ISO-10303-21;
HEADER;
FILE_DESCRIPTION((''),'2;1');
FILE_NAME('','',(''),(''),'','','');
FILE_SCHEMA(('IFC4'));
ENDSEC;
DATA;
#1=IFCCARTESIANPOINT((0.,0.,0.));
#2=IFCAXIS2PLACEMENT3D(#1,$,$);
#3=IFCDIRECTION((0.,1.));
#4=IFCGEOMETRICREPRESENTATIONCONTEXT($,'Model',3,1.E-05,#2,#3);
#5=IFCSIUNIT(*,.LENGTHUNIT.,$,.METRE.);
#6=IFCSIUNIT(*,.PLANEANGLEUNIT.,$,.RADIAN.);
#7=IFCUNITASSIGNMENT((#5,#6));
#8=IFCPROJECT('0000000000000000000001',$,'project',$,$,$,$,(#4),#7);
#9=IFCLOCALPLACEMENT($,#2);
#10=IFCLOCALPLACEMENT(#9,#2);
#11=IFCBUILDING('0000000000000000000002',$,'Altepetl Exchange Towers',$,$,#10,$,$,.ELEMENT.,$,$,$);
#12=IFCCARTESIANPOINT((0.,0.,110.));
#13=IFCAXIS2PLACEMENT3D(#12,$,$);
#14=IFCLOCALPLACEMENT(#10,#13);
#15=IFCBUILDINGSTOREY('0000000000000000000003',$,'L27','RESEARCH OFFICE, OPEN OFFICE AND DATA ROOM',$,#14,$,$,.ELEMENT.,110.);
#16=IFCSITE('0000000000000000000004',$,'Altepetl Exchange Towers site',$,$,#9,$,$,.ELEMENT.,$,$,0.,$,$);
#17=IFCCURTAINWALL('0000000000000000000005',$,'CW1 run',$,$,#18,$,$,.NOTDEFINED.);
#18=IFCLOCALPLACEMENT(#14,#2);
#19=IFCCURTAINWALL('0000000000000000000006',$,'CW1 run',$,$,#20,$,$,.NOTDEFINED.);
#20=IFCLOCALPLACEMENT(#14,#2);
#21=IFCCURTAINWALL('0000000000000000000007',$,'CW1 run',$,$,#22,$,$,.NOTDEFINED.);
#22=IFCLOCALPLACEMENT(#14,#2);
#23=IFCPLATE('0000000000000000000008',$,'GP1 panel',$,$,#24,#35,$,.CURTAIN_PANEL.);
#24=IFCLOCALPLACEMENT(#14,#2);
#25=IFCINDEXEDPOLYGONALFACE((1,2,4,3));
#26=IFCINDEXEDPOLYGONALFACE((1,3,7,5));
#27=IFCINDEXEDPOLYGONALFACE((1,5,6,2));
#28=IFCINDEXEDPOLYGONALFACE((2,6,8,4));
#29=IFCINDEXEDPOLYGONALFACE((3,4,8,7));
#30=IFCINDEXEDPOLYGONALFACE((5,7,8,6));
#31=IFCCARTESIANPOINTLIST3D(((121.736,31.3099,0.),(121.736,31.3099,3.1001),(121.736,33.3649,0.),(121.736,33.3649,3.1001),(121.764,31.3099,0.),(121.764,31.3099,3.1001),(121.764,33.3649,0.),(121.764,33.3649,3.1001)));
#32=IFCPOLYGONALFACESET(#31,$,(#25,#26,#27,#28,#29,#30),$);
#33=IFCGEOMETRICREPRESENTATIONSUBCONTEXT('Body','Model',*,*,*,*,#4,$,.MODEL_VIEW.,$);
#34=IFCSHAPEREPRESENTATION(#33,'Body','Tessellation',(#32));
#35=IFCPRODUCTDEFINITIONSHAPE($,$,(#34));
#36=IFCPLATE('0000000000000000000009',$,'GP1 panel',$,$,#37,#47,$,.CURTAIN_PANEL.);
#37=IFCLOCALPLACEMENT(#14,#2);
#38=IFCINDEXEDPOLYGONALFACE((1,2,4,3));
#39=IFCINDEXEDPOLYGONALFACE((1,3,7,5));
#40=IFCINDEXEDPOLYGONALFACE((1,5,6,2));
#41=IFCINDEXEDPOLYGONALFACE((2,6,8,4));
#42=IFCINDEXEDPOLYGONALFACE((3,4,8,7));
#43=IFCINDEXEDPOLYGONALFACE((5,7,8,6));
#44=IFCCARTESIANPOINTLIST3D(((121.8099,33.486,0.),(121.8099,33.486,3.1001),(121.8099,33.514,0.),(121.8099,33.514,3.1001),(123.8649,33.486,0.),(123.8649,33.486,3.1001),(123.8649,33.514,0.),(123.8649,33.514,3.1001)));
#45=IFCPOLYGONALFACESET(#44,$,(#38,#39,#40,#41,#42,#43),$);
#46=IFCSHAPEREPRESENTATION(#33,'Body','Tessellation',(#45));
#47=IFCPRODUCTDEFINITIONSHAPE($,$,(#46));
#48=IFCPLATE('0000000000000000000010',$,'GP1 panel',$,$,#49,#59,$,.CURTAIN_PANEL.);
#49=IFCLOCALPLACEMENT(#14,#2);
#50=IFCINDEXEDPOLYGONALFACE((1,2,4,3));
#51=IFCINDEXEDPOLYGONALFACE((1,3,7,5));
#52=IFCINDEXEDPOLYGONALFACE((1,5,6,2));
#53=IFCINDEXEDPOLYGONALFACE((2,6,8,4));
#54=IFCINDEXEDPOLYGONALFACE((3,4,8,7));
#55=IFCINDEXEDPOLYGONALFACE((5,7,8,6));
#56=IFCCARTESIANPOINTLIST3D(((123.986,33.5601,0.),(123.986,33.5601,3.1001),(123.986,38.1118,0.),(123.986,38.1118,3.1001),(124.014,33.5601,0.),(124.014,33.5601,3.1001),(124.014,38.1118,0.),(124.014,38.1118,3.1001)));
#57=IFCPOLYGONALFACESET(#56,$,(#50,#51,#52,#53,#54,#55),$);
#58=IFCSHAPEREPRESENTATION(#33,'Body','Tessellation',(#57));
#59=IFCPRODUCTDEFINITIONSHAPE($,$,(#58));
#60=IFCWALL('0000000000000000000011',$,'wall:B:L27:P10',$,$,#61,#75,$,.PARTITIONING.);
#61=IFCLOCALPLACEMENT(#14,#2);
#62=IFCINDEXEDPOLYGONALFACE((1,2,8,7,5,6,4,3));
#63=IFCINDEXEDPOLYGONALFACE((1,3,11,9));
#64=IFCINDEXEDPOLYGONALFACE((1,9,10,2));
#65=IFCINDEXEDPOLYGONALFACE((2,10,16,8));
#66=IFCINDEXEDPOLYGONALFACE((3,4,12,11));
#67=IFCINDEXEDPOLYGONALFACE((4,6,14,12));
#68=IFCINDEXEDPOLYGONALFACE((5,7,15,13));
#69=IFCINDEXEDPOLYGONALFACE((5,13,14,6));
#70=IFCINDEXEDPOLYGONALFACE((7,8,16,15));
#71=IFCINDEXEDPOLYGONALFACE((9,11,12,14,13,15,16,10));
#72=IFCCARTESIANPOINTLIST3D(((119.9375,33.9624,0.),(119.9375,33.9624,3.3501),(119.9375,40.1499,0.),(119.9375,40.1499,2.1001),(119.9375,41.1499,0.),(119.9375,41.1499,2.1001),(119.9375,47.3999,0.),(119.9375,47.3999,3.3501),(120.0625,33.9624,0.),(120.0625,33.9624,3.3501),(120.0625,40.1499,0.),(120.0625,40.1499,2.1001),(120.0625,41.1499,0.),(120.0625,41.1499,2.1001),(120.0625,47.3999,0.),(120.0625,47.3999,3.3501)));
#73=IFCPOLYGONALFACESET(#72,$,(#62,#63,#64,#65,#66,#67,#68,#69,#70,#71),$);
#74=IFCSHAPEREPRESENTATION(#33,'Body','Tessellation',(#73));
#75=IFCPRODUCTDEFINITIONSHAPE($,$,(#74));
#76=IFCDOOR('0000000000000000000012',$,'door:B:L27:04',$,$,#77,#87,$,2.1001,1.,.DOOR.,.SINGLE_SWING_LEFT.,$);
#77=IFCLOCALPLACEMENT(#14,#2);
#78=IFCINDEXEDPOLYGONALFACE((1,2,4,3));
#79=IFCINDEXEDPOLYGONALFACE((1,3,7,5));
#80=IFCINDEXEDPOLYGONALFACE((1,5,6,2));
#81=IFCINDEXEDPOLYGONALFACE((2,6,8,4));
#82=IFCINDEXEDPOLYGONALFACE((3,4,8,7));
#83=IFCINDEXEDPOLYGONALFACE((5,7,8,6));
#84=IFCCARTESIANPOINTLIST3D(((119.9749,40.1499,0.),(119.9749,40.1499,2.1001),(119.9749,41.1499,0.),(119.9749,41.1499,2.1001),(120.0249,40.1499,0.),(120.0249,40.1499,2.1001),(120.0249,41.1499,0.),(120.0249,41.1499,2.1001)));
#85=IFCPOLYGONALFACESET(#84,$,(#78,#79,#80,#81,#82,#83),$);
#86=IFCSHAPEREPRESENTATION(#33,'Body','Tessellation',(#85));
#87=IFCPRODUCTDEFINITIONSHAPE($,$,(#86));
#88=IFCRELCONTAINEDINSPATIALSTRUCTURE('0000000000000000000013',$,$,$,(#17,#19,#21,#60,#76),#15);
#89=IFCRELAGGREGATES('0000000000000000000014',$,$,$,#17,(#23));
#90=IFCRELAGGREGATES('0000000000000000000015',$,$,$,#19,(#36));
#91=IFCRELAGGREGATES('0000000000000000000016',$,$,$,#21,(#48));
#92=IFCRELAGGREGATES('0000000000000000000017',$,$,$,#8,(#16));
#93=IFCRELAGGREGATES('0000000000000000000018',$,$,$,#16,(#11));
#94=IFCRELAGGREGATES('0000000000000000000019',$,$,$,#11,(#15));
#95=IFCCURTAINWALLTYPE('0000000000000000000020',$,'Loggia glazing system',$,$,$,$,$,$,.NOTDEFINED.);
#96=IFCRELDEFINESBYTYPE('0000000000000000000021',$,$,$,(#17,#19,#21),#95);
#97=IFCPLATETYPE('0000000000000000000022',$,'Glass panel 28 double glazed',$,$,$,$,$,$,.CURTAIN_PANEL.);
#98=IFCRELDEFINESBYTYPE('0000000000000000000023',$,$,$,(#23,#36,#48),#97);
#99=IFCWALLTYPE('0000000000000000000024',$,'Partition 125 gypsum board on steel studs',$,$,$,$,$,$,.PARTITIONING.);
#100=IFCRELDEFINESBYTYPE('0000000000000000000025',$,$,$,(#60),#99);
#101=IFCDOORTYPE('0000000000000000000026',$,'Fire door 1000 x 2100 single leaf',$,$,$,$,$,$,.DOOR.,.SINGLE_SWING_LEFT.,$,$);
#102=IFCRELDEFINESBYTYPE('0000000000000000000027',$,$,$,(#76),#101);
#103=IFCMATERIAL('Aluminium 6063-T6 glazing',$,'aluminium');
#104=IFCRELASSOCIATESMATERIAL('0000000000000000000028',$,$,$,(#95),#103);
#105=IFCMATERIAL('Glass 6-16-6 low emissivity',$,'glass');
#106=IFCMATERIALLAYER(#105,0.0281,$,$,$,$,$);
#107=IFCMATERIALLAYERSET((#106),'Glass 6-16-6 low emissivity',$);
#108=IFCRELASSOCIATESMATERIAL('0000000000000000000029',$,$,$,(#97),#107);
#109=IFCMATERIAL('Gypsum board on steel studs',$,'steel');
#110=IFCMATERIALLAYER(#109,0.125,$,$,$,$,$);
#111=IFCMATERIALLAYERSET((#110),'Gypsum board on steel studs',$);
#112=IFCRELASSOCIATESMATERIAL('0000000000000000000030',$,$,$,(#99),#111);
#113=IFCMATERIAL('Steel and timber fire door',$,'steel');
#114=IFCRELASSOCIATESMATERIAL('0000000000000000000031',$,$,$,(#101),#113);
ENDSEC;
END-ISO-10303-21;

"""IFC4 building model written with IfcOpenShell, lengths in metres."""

from ifc_helpers import new_model, si_unit, direction, frame, frame_2d, origin, origin_2d, place, context, subcontext, project, spatial, rectangle, extrude, material, layer, layer_set, type_object, element, fill, aggregate, save


model = new_model("IFC4")

# Units and contexts
model_context = context("Model", 3, precision=1e-05, world=origin(), true_north=direction((0.0, 1.0)))
body_context = subcontext(model_context, "Body", "Model", "MODEL_VIEW")
ifc_project = project(units=[si_unit("LENGTHUNIT", "METRE"), si_unit("PLANEANGLEUNIT", "RADIAN")], contexts=[model_context])

# Site, building, storey
site_placement = place(None, origin())
site = spatial("IfcSite", under=ifc_project, at=site_placement, Name="Altepetl Exchange Towers site", CompositionType="ELEMENT", RefElevation=0.0)
building_placement = place(site_placement, origin())
building = spatial("IfcBuilding", under=site, at=building_placement, Name="Altepetl Exchange Towers", CompositionType="ELEMENT")
storey_placement = place(building_placement, frame((0.0, 0.0, 110.0)))
storey = spatial("IfcBuildingStorey", under=building, at=storey_placement, Name="L27", Description="RESEARCH OFFICE, OPEN OFFICE AND DATA ROOM", CompositionType="ELEMENT", Elevation=110.0)

# Shared definitions
ifc_material_1 = material(Name="Aluminium 6063-T6 glazing", Category="aluminium")
curtain_wall_type = type_object("IfcCurtainWallType", Name="Loggia glazing system", PredefinedType="NOTDEFINED", material=ifc_material_1)

# Curtain walls
curtain_wall_1_placement = place(storey_placement, origin())
curtain_wall_1 = element("IfcCurtainWall", 1, at=curtain_wall_1_placement, inside=storey, type_object=curtain_wall_type, Name="CW1 run", PredefinedType="NOTDEFINED")
curtain_wall_2_placement = place(storey_placement, origin())
curtain_wall_2 = element("IfcCurtainWall", 2, at=curtain_wall_2_placement, inside=storey, type_object=curtain_wall_type, Name="CW1 run", PredefinedType="NOTDEFINED")

# Curtain wall
curtain_wall_3_placement = place(storey_placement, origin())
curtain_wall_3 = element("IfcCurtainWall", 3, at=curtain_wall_3_placement, inside=storey, type_object=curtain_wall_type, Name="CW1 run", PredefinedType="NOTDEFINED")

# Plates
ifc_material_2 = material(Name="Glass 6-16-6 low emissivity", Category="glass")
ifc_layer_1 = layer(ifc_material_2, 0.0281)
ifc_layer_set_1 = layer_set([ifc_layer_1], Name="Glass 6-16-6 low emissivity")
plate_type = type_object("IfcPlateType", Name="Glass panel 28 double glazed", PredefinedType="CURTAIN_PANEL", material=ifc_layer_set_1)
plate_1_placement = place(storey_placement, frame((121.75, 32.3374, 0.0), z_axis=(0.0, 0.0, 1.0), x_axis=(0.0, 1.0, 0.0)))
plate_1 = element("IfcPlate", 4, at=plate_1_placement, type_object=plate_type, Name="GP1 panel", PredefinedType="CURTAIN_PANEL", context=body_context, shape_type="SweptSolid", body=[
    extrude(rectangle(XDim=2.0549, YDim=0.0281, at=origin_2d()), origin(), (0.0, 0.0, 1.0), 3.1001),
])
aggregate(curtain_wall_1, [plate_1])
plate_2_placement = place(storey_placement, frame((122.8374, 33.5, 0.0)))
plate_2 = element("IfcPlate", 5, at=plate_2_placement, type_object=plate_type, Name="GP1 panel", PredefinedType="CURTAIN_PANEL", context=body_context, shape_type="SweptSolid", body=[
    extrude(rectangle(XDim=2.0549, YDim=0.0281, at=origin_2d()), origin(), (0.0, 0.0, 1.0), 3.1001),
])
aggregate(curtain_wall_2, [plate_2])
plate_3_placement = place(storey_placement, frame((124.0, 35.8359, 0.0), z_axis=(0.0, 0.0, 1.0), x_axis=(0.0, 1.0, 0.0)))
plate_3 = element("IfcPlate", 6, at=plate_3_placement, type_object=plate_type, Name="GP1 panel", PredefinedType="CURTAIN_PANEL", context=body_context, shape_type="SweptSolid", body=[
    extrude(rectangle(XDim=4.5518, YDim=0.0281, at=origin_2d()), origin(), (0.0, 0.0, 1.0), 3.1001),
])
aggregate(curtain_wall_3, [plate_3])

# Wall, opening, door
ifc_material_3 = material(Name="Gypsum board on steel studs", Category="steel")
ifc_layer_2 = layer(ifc_material_3, 0.125)
ifc_layer_set_2 = layer_set([ifc_layer_2], Name="Gypsum board on steel studs")
wall_type = type_object("IfcWallType", Name="Partition 125 gypsum board on steel studs", PredefinedType="PARTITIONING", material=ifc_layer_set_2)
wall_placement = place(storey_placement, frame((120.0, 33.9624, 0.0), z_axis=(0.0, 0.0, 1.0), x_axis=(0.0, 1.0, 0.0)))
wall = element("IfcWall", 7, at=wall_placement, inside=storey, type_object=wall_type, Name="wall:B:L27:P10", PredefinedType="PARTITIONING", context=body_context, shape_type="SweptSolid", body=[
    extrude(rectangle(XDim=13.4375, YDim=0.125, at=frame_2d((6.7188, 0.0))), origin(), (0.0, 0.0, 1.0), 3.3501),
])
opening_placement = place(wall_placement, frame((6.1875, 0.0, 0.0)))
opening = element("IfcOpeningElement", 8, at=opening_placement, cuts=wall, PredefinedType="OPENING", context=body_context, shape_type="SweptSolid", body=[
    extrude(rectangle(XDim=1.0, YDim=2.1001, at=frame_2d((0.5, 1.05))), frame((0.0, 0.0725, 0.0), z_axis=(0.0, -1.0, 0.0), x_axis=(1.0, 0.0, 0.0)), (0.0, 0.0, 1.0), 0.145),
])
ifc_material_4 = material(Name="Steel and timber fire door", Category="steel")
door_type = type_object("IfcDoorType", Name="Fire door 1000 x 2100 single leaf", OperationType="SINGLE_SWING_LEFT", PredefinedType="DOOR", material=ifc_material_4)
door_placement = place(opening_placement, frame((1.0, 0.0, 0.0), x_axis=(-1.0, 0.0, 0.0)))
door = element("IfcDoor", 9, at=door_placement, inside=storey, type_object=door_type, Name="door:B:L27:04", OperationType="SINGLE_SWING_LEFT", OverallHeight=2.1001, OverallWidth=1.0, PredefinedType="DOOR", context=body_context, shape_type="SweptSolid", body=[
    extrude(rectangle(XDim=1.0, YDim=2.1001, at=frame_2d((0.5, 1.05))), frame((0.0, 0.0249, 0.0), z_axis=(0.0, -1.0, 0.0), x_axis=(1.0, 0.0, 0.0)), (0.0, 0.0, 1.0), 0.05),
])
fill(opening, door)

save(model, "model.ifc")
